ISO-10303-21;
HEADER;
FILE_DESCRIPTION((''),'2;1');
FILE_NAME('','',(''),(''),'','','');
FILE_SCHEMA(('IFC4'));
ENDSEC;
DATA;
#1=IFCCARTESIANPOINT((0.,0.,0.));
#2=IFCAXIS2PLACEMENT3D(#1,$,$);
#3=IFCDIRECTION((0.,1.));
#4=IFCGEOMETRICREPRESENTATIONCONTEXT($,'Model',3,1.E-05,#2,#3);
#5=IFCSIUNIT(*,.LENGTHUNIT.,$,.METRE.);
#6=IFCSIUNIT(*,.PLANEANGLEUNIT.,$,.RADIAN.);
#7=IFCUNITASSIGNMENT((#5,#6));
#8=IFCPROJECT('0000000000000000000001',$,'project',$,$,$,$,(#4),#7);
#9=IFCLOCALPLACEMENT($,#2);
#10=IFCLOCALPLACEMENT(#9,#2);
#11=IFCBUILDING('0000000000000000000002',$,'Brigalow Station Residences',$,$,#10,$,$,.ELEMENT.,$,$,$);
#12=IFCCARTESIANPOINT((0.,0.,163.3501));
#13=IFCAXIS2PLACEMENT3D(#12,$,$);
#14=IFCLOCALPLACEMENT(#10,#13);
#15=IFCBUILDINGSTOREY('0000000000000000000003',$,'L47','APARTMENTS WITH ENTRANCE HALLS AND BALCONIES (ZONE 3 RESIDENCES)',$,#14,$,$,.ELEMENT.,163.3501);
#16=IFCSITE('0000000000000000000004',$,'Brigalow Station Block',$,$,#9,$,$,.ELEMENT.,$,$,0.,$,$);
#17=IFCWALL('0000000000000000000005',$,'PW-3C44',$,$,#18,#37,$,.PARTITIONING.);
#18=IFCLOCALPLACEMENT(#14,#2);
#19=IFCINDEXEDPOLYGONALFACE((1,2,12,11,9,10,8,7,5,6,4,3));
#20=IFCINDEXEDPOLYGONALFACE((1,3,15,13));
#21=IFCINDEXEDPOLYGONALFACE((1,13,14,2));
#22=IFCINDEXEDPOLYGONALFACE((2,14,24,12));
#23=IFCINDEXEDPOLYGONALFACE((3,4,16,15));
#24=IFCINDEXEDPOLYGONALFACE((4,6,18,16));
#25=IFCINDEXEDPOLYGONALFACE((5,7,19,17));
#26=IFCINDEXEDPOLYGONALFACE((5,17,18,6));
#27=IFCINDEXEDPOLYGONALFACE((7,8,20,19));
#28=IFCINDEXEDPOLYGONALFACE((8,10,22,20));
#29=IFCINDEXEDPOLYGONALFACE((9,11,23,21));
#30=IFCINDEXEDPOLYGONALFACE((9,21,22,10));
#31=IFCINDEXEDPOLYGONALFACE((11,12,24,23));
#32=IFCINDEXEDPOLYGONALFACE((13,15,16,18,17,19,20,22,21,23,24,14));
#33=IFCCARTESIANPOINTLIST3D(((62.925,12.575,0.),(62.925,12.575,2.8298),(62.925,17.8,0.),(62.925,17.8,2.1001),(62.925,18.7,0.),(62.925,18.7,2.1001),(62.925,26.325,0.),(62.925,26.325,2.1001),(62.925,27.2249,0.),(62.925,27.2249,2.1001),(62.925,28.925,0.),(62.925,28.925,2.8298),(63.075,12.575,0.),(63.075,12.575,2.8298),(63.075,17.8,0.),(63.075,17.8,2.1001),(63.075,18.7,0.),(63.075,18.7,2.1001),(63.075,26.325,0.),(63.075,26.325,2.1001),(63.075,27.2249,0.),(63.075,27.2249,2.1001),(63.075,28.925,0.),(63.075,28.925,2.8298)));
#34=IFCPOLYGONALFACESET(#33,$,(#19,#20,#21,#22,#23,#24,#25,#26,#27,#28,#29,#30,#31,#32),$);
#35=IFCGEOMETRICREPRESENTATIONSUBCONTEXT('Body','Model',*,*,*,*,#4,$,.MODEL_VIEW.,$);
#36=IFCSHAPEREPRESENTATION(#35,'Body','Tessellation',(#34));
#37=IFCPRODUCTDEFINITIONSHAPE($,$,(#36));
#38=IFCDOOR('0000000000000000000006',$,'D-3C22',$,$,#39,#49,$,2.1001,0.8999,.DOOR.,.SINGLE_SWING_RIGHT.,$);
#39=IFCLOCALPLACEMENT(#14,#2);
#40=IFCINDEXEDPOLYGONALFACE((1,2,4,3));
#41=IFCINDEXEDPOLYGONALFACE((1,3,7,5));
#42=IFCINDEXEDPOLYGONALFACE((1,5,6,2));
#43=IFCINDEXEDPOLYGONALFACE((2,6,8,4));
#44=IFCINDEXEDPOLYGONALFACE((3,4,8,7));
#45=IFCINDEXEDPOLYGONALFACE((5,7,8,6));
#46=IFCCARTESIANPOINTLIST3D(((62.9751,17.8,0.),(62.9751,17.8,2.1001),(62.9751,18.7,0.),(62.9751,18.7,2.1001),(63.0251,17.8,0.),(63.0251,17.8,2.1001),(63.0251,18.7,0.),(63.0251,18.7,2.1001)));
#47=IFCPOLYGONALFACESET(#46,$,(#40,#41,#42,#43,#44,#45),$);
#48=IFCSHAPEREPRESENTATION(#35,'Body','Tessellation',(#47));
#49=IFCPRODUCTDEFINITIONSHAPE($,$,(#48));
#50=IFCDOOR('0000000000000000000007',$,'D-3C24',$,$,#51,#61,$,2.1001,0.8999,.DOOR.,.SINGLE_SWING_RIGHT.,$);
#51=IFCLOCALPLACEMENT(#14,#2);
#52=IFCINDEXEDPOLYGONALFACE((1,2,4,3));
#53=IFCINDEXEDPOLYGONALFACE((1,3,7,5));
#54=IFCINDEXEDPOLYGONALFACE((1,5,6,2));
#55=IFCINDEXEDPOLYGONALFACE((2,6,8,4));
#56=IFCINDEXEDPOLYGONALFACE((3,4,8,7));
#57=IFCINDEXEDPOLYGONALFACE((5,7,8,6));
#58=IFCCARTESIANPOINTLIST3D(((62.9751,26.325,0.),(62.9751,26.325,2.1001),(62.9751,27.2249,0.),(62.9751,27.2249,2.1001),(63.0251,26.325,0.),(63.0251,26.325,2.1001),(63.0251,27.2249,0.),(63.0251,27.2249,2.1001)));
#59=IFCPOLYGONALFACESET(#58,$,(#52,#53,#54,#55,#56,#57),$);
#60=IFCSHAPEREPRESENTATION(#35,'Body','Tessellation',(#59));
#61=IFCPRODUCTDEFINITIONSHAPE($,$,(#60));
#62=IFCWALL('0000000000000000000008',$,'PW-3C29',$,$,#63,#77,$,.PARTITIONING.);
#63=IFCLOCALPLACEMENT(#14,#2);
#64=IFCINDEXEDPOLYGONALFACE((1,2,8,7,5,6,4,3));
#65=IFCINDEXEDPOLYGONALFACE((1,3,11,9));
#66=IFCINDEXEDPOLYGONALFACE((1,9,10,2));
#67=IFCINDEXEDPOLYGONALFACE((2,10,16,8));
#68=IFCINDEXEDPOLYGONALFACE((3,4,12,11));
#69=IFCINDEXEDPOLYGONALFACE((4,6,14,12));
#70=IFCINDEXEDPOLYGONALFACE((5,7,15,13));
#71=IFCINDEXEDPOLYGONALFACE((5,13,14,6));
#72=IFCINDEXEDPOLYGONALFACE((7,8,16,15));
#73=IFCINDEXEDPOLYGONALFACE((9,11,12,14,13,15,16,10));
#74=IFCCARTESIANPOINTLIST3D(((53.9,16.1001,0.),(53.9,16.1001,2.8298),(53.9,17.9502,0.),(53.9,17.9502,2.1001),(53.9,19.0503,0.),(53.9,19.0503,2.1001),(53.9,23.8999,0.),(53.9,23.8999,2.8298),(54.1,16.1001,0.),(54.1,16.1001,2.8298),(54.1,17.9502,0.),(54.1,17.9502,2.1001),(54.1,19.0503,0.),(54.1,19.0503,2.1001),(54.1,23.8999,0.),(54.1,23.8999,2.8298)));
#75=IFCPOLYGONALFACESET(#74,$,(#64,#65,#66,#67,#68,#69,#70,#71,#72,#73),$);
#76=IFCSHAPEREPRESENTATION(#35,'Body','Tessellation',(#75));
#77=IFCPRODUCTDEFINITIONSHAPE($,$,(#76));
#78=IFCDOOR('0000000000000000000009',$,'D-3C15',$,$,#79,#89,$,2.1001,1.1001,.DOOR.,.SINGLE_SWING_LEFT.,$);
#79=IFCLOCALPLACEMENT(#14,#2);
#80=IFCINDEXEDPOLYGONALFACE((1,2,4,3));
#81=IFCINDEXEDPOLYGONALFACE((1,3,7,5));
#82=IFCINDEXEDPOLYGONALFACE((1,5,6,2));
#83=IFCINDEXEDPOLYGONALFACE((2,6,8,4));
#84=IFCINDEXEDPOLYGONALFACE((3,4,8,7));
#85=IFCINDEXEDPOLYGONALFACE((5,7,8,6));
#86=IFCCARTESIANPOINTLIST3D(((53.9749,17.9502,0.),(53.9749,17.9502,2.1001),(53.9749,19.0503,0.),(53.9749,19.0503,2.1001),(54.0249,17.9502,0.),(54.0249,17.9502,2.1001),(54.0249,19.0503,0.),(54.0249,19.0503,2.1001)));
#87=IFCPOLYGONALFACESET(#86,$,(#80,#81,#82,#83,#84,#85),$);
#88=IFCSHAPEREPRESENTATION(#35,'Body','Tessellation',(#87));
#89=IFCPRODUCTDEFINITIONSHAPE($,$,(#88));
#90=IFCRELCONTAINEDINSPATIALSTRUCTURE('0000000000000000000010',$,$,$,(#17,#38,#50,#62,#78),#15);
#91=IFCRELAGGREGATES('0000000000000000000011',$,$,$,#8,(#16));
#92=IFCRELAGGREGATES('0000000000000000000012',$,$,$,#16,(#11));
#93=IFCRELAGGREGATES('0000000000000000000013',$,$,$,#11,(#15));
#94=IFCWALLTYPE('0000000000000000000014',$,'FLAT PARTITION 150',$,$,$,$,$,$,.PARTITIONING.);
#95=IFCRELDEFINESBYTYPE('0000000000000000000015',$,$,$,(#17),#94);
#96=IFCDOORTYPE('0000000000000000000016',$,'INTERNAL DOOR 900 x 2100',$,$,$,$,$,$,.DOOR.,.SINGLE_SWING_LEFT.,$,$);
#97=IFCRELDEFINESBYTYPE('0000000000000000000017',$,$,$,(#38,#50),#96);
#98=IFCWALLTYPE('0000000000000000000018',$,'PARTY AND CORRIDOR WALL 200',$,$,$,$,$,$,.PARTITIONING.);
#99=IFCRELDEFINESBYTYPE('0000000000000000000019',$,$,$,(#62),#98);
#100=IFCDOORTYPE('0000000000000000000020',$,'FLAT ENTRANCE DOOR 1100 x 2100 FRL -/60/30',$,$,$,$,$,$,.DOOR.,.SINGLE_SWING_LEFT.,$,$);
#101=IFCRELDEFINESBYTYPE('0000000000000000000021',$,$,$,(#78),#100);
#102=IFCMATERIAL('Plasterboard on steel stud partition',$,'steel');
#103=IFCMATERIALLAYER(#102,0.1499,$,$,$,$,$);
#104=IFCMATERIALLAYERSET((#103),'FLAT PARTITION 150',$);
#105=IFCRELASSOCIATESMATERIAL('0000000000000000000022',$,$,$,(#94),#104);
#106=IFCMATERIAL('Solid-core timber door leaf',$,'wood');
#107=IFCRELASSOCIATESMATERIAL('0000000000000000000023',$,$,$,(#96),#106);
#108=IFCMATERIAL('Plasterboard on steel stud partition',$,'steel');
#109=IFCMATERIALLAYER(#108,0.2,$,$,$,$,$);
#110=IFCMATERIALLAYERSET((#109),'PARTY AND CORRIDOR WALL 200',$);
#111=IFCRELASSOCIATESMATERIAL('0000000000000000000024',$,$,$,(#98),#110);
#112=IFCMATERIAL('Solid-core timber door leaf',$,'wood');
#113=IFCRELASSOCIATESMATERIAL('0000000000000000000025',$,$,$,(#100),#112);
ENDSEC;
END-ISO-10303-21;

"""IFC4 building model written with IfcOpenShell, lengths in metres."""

from ifc_helpers import new_model, si_unit, direction, frame, frame_2d, origin, place, context, subcontext, project, spatial, rectangle, extrude, material, layer, layer_set, type_object, element, fill, save


model = new_model("IFC4")

# Units and contexts
model_context = context("Model", 3, precision=1e-05, world=origin(), true_north=direction((0.0, 1.0)))
body_context = subcontext(model_context, "Body", "Model", "MODEL_VIEW")
ifc_project = project(units=[si_unit("LENGTHUNIT", "METRE"), si_unit("PLANEANGLEUNIT", "RADIAN")], contexts=[model_context])

# Site, building, storey
site_placement = place(None, origin())
site = spatial("IfcSite", under=ifc_project, at=site_placement, Name="Brigalow Station Block", CompositionType="ELEMENT", RefElevation=0.0)
building_placement = place(site_placement, origin())
building = spatial("IfcBuilding", under=site, at=building_placement, Name="Brigalow Station Residences", CompositionType="ELEMENT")
storey_placement = place(building_placement, frame((0.0, 0.0, 163.3501)))
storey = spatial("IfcBuildingStorey", under=building, at=storey_placement, Name="L47", Description="APARTMENTS WITH ENTRANCE HALLS AND BALCONIES (ZONE 3 RESIDENCES)", CompositionType="ELEMENT", Elevation=163.3501)

# Shared definitions
ifc_material_1 = material(Name="Plasterboard on steel stud partition", Category="steel")
ifc_layer_1 = layer(ifc_material_1, 0.1499)
ifc_layer_set_1 = layer_set([ifc_layer_1], Name="FLAT PARTITION 150")
wall_type_1 = type_object("IfcWallType", Name="FLAT PARTITION 150", PredefinedType="PARTITIONING", material=ifc_layer_set_1)
ifc_material_2 = material(Name="Solid-core timber door leaf", Category="wood")
door_type_1 = type_object("IfcDoorType", Name="INTERNAL DOOR 900 x 2100", OperationType="SINGLE_SWING_LEFT", PredefinedType="DOOR", material=ifc_material_2)

# Wall, openings, doors
wall_1_placement = place(storey_placement, frame((63.0, 12.575, 0.0), z_axis=(0.0, 0.0, 1.0), x_axis=(0.0, 1.0, 0.0)))
wall_1 = element("IfcWall", 1, at=wall_1_placement, inside=storey, type_object=wall_type_1, Name="PW-3C44", PredefinedType="PARTITIONING", context=body_context, shape_type="SweptSolid", body=[
    extrude(rectangle(XDim=16.3501, YDim=0.1499, at=frame_2d((8.175, 0.0))), origin(), (0.0, 0.0, 1.0), 2.8298),
])
opening_1_placement = place(wall_1_placement, frame((5.2251, 0.0, 0.0)))
opening_1 = element("IfcOpeningElement", 2, at=opening_1_placement, cuts=wall_1, PredefinedType="OPENING", context=body_context, shape_type="SweptSolid", body=[
    extrude(rectangle(XDim=0.8999, YDim=2.1001, at=frame_2d((0.45, 1.05))), frame((0.0, 0.085, 0.0), z_axis=(0.0, -1.0, 0.0), x_axis=(1.0, 0.0, 0.0)), (0.0, 0.0, 1.0), 0.1699),
])
opening_2_placement = place(wall_1_placement, frame((13.75, 0.0, 0.0)))
opening_2 = element("IfcOpeningElement", 3, at=opening_2_placement, cuts=wall_1, PredefinedType="OPENING", context=body_context, shape_type="SweptSolid", body=[
    extrude(rectangle(XDim=0.8999, YDim=2.1001, at=frame_2d((0.45, 1.05))), frame((0.0, 0.085, 0.0), z_axis=(0.0, -1.0, 0.0), x_axis=(1.0, 0.0, 0.0)), (0.0, 0.0, 1.0), 0.1699),
])
door_1_placement = place(opening_1_placement, origin())
door_1 = element("IfcDoor", 4, at=door_1_placement, inside=storey, type_object=door_type_1, Name="D-3C22", OperationType="SINGLE_SWING_RIGHT", OverallHeight=2.1001, OverallWidth=0.8999, PredefinedType="DOOR", context=body_context, shape_type="SweptSolid", body=[
    extrude(rectangle(XDim=0.8999, YDim=2.1001, at=frame_2d((0.45, 1.05))), frame((0.0, 0.0249, 0.0), z_axis=(0.0, -1.0, 0.0), x_axis=(1.0, 0.0, 0.0)), (0.0, 0.0, 1.0), 0.05),
])
fill(opening_1, door_1)
door_2_placement = place(opening_2_placement, origin())
door_2 = element("IfcDoor", 5, at=door_2_placement, inside=storey, type_object=door_type_1, Name="D-3C24", OperationType="SINGLE_SWING_RIGHT", OverallHeight=2.1001, OverallWidth=0.8999, PredefinedType="DOOR", context=body_context, shape_type="SweptSolid", body=[
    extrude(rectangle(XDim=0.8999, YDim=2.1001, at=frame_2d((0.45, 1.05))), frame((0.0, 0.0249, 0.0), z_axis=(0.0, -1.0, 0.0), x_axis=(1.0, 0.0, 0.0)), (0.0, 0.0, 1.0), 0.05),
])
fill(opening_2, door_2)

# Wall, opening, door
ifc_material_3 = material(Name="Plasterboard on steel stud partition", Category="steel")
ifc_layer_2 = layer(ifc_material_3, 0.2)
ifc_layer_set_2 = layer_set([ifc_layer_2], Name="PARTY AND CORRIDOR WALL 200")
wall_type_2 = type_object("IfcWallType", Name="PARTY AND CORRIDOR WALL 200", PredefinedType="PARTITIONING", material=ifc_layer_set_2)
wall_2_placement = place(storey_placement, frame((54.0, 16.1001, 0.0), z_axis=(0.0, 0.0, 1.0), x_axis=(0.0, 1.0, 0.0)))
wall_2 = element("IfcWall", 6, at=wall_2_placement, inside=storey, type_object=wall_type_2, Name="PW-3C29", PredefinedType="PARTITIONING", context=body_context, shape_type="SweptSolid", body=[
    extrude(rectangle(XDim=7.7998, YDim=0.2, at=frame_2d((3.8999, 0.0))), origin(), (0.0, 0.0, 1.0), 2.8298),
])
opening_3_placement = place(wall_2_placement, frame((1.8501, 0.0, 0.0)))
opening_3 = element("IfcOpeningElement", 7, at=opening_3_placement, cuts=wall_2, PredefinedType="OPENING", context=body_context, shape_type="SweptSolid", body=[
    extrude(rectangle(XDim=1.1001, YDim=2.1001, at=frame_2d((0.55, 1.05))), frame((0.0, 0.1099, 0.0), z_axis=(0.0, -1.0, 0.0), x_axis=(1.0, 0.0, 0.0)), (0.0, 0.0, 1.0), 0.22),
])
ifc_material_4 = material(Name="Solid-core timber door leaf", Category="wood")
door_type_2 = type_object("IfcDoorType", Name="FLAT ENTRANCE DOOR 1100 x 2100 FRL -/60/30", OperationType="SINGLE_SWING_LEFT", PredefinedType="DOOR", material=ifc_material_4)
door_3_placement = place(opening_3_placement, frame((1.1001, 0.0, 0.0), z_axis=(0.0, 0.0, 1.0), x_axis=(-1.0, 0.0, 0.0)))
door_3 = element("IfcDoor", 8, at=door_3_placement, inside=storey, type_object=door_type_2, Name="D-3C15", OperationType="SINGLE_SWING_LEFT", OverallHeight=2.1001, OverallWidth=1.1001, PredefinedType="DOOR", context=body_context, shape_type="SweptSolid", body=[
    extrude(rectangle(XDim=1.1001, YDim=2.1001, at=frame_2d((0.55, 1.05))), frame((0.0, 0.0249, 0.0), z_axis=(0.0, -1.0, 0.0), x_axis=(1.0, 0.0, 0.0)), (0.0, 0.0, 1.0), 0.05),
])
fill(opening_3, door_3)

save(model, "model.ifc")
